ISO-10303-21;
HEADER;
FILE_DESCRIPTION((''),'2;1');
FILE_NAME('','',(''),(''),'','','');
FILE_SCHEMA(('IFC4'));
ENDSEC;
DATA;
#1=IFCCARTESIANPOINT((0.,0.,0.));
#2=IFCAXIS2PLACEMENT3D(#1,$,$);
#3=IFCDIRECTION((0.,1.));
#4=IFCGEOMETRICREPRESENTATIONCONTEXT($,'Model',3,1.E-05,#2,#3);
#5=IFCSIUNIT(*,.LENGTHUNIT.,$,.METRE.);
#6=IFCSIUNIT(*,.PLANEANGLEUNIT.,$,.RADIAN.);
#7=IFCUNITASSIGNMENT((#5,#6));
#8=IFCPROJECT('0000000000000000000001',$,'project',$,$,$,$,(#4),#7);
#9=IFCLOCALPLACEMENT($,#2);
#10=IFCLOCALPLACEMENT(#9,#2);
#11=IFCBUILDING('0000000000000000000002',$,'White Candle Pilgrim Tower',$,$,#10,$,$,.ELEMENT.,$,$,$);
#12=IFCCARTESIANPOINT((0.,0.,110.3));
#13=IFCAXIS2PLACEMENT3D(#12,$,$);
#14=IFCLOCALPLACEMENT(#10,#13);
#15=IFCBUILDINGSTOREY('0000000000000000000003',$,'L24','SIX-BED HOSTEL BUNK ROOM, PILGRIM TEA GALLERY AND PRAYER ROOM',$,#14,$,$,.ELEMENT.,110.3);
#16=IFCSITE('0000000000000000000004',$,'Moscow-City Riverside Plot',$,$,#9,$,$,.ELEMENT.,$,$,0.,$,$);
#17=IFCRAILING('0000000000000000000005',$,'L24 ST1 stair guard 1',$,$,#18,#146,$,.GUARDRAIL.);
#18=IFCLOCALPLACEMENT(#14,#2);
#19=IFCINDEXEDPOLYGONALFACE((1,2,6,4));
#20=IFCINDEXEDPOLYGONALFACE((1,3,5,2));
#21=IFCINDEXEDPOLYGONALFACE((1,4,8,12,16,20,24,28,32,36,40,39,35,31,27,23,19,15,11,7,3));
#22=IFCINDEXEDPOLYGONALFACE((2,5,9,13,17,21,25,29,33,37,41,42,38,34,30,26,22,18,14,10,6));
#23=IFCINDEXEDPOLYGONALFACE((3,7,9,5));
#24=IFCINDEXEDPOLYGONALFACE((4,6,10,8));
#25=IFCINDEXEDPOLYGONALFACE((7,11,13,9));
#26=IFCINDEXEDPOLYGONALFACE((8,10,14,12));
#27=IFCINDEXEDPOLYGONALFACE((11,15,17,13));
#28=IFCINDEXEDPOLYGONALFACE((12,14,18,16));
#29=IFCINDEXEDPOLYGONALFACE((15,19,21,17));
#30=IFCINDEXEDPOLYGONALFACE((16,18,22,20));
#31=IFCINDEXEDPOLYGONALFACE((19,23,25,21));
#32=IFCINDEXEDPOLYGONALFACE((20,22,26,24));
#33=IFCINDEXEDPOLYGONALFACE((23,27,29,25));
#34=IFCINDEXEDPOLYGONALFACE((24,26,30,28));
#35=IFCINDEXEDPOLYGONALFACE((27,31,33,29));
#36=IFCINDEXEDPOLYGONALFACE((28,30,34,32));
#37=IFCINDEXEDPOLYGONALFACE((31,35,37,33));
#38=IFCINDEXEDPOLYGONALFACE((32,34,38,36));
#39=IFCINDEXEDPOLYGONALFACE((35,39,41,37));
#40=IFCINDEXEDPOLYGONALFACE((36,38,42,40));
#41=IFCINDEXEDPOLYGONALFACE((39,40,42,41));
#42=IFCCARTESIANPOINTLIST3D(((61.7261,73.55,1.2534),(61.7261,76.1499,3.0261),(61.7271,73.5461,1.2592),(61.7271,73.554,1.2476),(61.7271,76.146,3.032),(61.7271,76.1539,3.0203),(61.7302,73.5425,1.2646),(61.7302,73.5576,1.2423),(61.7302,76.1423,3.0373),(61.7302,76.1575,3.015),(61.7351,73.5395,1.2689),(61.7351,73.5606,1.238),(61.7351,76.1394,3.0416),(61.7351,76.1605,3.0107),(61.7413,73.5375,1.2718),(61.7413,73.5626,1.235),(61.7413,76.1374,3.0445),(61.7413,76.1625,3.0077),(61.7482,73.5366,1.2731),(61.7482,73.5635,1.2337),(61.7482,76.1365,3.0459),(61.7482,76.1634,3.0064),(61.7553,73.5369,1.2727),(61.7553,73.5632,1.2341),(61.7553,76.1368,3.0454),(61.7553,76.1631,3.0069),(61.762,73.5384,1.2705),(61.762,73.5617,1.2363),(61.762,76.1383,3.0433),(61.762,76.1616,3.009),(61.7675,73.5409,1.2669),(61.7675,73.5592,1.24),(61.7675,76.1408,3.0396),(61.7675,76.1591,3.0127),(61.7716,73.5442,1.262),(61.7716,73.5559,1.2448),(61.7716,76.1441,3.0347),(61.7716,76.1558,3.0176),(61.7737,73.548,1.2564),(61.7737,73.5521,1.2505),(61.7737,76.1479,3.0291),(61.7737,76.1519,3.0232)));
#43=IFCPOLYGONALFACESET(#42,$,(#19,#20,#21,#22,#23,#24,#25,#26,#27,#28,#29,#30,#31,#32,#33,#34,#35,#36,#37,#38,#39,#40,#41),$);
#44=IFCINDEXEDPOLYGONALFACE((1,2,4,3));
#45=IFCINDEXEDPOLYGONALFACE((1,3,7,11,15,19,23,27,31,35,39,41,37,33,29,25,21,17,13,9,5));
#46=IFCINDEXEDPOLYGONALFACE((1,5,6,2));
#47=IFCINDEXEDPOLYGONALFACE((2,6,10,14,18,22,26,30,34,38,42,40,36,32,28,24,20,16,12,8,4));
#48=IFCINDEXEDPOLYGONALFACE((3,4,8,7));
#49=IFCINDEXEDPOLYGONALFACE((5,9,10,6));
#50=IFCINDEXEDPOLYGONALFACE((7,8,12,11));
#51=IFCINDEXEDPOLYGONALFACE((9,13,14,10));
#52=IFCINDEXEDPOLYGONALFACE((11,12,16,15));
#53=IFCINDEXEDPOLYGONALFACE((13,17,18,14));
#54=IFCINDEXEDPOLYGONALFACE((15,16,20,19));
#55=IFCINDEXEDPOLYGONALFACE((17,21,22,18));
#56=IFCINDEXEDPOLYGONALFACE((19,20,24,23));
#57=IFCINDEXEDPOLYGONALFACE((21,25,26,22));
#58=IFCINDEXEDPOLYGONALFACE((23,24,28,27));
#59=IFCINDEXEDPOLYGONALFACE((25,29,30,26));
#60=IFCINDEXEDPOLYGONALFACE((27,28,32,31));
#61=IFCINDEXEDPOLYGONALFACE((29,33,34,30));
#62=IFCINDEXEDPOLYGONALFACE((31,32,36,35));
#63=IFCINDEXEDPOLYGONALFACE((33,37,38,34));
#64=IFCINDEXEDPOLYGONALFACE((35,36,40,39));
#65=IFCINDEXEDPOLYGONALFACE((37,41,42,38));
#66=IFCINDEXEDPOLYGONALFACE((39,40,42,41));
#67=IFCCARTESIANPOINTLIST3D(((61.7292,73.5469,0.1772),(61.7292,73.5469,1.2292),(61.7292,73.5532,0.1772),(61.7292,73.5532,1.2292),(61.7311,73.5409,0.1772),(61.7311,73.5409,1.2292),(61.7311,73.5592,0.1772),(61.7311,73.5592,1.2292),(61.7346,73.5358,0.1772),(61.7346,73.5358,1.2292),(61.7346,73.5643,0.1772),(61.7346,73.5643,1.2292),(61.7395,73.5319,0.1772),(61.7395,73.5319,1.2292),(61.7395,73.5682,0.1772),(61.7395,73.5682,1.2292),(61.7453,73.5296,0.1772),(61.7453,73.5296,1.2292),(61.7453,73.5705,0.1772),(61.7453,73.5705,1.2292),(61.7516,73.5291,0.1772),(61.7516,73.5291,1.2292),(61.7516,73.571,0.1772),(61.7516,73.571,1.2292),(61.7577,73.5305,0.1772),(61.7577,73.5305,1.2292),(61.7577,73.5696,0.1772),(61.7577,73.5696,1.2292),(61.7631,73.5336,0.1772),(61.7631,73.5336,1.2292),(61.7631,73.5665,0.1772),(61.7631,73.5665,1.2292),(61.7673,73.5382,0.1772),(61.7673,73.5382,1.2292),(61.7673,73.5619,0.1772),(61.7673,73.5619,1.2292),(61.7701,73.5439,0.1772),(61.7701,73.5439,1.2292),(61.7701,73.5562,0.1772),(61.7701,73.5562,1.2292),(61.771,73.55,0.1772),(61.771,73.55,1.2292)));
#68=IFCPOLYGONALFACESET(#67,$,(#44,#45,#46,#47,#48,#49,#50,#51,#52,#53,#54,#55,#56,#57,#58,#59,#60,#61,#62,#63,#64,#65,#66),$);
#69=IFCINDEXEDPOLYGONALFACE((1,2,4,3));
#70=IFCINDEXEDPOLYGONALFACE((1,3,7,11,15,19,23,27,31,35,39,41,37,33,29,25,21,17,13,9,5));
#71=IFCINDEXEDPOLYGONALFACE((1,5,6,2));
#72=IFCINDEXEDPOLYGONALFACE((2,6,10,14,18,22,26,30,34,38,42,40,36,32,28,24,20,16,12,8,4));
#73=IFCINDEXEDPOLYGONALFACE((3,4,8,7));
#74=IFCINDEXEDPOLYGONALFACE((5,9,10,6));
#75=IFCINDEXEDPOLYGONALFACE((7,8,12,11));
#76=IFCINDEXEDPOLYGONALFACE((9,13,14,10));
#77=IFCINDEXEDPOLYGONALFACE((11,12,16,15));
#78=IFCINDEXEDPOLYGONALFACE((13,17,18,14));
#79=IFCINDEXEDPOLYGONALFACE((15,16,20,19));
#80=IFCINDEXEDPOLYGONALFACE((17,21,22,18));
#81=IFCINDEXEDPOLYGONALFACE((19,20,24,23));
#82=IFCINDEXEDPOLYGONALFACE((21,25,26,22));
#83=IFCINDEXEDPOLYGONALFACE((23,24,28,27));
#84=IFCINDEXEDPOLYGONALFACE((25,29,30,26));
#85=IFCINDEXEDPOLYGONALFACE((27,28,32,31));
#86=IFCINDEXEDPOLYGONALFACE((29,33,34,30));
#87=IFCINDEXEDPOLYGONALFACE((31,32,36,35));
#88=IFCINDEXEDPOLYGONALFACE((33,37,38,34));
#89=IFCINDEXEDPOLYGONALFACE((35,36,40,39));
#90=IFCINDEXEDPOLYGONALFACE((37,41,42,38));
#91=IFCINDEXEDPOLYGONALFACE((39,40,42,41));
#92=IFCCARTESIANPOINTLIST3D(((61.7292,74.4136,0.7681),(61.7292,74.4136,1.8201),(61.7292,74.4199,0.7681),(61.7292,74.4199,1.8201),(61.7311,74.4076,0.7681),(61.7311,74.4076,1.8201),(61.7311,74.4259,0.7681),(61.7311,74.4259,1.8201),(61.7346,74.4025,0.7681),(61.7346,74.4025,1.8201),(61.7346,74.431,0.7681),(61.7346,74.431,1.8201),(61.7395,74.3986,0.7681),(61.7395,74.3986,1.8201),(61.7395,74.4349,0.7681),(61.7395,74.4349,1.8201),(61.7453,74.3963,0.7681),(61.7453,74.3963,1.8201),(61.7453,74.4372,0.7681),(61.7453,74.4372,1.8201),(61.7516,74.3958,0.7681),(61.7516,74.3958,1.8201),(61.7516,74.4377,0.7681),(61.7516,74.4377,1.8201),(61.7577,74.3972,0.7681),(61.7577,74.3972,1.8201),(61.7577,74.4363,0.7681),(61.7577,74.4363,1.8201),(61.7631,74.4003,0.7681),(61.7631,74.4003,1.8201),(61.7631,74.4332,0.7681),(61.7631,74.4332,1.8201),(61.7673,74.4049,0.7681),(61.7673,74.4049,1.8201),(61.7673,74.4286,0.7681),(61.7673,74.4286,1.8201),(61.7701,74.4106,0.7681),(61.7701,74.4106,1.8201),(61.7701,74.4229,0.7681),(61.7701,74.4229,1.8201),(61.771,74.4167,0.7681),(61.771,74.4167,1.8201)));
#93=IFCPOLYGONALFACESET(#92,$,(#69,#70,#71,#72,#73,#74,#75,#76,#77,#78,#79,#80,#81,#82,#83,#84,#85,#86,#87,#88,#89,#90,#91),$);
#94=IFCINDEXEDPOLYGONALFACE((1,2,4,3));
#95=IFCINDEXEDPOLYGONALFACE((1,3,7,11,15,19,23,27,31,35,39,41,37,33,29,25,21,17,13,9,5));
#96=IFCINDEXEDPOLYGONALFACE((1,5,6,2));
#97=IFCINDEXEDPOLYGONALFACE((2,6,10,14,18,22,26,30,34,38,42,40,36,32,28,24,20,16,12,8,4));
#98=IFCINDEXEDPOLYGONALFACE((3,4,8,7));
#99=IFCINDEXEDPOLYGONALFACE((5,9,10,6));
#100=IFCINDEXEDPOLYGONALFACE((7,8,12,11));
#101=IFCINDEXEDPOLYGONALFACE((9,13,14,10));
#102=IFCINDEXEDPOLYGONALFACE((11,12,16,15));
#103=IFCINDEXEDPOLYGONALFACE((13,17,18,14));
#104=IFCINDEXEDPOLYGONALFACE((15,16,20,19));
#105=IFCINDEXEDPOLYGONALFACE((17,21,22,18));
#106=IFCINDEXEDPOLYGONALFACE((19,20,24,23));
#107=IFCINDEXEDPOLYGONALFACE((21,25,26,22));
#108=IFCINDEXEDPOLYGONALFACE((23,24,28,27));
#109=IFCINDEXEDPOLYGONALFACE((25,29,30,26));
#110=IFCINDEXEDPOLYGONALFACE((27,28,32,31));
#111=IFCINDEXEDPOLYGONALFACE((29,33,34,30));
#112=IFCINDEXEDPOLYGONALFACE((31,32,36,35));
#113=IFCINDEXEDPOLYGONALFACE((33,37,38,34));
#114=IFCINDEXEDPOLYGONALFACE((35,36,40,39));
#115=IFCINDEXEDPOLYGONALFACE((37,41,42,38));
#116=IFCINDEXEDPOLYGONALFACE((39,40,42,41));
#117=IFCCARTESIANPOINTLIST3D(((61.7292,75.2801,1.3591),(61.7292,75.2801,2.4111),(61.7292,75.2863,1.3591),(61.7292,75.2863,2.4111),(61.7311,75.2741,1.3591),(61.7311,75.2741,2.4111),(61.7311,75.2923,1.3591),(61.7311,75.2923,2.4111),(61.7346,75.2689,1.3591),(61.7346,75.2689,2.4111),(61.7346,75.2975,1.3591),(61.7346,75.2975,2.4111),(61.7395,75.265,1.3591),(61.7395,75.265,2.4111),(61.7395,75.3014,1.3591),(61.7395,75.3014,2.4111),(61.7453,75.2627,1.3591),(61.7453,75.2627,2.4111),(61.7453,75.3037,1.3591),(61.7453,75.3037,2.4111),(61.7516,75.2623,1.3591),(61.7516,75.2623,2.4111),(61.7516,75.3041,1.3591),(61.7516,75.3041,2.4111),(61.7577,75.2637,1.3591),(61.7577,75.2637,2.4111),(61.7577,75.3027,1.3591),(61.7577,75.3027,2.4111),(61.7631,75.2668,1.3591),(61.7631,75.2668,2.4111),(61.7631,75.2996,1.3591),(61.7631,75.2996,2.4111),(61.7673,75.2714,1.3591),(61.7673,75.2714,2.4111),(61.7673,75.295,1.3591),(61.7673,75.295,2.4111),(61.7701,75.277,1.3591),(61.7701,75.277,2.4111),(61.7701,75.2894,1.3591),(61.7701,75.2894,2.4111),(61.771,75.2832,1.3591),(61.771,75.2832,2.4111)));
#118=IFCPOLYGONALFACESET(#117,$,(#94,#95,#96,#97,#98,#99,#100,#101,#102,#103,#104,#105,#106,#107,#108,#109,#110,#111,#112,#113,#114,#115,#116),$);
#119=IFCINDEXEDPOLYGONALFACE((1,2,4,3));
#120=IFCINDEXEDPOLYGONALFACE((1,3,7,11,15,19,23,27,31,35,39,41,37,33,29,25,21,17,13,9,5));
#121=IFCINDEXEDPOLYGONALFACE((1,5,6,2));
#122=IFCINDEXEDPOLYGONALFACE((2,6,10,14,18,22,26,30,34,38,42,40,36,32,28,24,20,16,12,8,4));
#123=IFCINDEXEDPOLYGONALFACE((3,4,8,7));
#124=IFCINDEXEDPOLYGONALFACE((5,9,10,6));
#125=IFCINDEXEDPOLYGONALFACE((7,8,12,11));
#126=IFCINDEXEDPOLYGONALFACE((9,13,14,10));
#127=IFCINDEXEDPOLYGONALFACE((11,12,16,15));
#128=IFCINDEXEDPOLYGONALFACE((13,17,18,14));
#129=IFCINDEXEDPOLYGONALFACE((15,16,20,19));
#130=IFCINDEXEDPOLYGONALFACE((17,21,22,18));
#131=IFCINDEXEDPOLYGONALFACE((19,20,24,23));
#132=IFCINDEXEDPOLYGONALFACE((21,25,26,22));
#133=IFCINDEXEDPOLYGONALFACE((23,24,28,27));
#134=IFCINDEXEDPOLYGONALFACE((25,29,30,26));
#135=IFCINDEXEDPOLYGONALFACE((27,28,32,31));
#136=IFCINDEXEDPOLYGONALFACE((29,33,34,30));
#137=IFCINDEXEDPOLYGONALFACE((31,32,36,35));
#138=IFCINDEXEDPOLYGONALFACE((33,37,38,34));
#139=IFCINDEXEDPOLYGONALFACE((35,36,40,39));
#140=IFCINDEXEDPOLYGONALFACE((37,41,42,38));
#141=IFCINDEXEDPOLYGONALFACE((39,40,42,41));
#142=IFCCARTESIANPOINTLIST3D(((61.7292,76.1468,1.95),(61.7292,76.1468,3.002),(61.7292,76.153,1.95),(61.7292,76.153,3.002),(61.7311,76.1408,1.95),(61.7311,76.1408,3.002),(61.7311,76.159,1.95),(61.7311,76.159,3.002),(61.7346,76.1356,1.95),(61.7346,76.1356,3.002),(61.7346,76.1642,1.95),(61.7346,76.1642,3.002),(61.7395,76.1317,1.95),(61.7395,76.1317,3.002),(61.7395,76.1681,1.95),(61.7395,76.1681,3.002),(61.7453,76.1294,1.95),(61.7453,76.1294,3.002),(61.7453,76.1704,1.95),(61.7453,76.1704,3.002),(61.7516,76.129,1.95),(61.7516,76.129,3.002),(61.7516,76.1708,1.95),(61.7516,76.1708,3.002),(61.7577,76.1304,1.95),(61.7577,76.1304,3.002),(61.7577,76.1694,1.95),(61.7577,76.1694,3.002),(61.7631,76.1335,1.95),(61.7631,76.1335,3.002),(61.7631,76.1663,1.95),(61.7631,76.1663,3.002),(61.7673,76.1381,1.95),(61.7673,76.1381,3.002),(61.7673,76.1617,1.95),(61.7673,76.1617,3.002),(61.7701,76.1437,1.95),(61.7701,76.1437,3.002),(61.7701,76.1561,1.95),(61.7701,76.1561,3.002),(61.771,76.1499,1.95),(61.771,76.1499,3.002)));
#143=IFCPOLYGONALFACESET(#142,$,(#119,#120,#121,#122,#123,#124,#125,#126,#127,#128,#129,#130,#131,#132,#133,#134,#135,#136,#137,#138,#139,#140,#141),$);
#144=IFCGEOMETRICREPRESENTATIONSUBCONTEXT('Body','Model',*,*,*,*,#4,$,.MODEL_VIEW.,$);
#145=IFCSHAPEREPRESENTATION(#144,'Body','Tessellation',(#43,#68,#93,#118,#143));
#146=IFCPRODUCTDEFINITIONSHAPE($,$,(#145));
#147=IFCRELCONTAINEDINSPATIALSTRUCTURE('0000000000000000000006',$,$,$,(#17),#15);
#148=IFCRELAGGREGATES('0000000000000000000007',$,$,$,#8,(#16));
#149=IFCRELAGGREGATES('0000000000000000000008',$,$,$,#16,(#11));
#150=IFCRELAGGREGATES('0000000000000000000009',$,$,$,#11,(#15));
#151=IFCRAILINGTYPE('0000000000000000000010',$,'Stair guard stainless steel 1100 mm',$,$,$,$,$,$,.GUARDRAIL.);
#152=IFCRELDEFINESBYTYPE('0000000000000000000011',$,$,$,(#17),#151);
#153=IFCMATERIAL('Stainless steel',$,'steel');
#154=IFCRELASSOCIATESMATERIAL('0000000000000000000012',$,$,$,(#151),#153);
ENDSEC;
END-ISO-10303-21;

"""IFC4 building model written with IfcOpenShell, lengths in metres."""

from ifc_helpers import new_model, si_unit, direction, frame, origin, origin_2d, place, context, subcontext, project, spatial, circle, extrude, material, type_object, element, save


model = new_model("IFC4")

# Units and contexts
model_context = context("Model", 3, precision=1e-05, world=origin(), true_north=direction((0.0, 1.0)))
body_context = subcontext(model_context, "Body", "Model", "MODEL_VIEW")
ifc_project = project(units=[si_unit("LENGTHUNIT", "METRE"), si_unit("PLANEANGLEUNIT", "RADIAN")], contexts=[model_context])

# Site, building, storey
site_placement = place(None, origin())
site = spatial("IfcSite", under=ifc_project, at=site_placement, Name="Moscow-City Riverside Plot", CompositionType="ELEMENT", RefElevation=0.0)
building_placement = place(site_placement, origin())
building = spatial("IfcBuilding", under=site, at=building_placement, Name="White Candle Pilgrim Tower", CompositionType="ELEMENT")
storey_placement = place(building_placement, frame((0.0, 0.0, 110.3)))
storey = spatial("IfcBuildingStorey", under=building, at=storey_placement, Name="L24", Description="SIX-BED HOSTEL BUNK ROOM, PILGRIM TEA GALLERY AND PRAYER ROOM", CompositionType="ELEMENT", Elevation=110.3)

# Shared definitions
ifc_material_1 = material(Name="Stainless steel", Category="steel")

# Railing
railing_type_1 = type_object("IfcRailingType", Name="Stair guard stainless steel 1100 mm", PredefinedType="GUARDRAIL", material=ifc_material_1)
railing_1_placement = place(storey_placement, frame((61.75, 73.55, 0.1772)))
element("IfcRailing", 1, at=railing_1_placement, inside=storey, type_object=railing_type_1, Name="L24 ST1 stair guard 1", PredefinedType="GUARDRAIL", context=body_context, shape_type="SweptSolid", body=[
    extrude(circle(Radius=0.0239, at=origin_2d()), frame((0.0, 0.0, 1.0762), z_axis=(0.0, 0.826216, 0.563354), x_axis=(-1.0, 0.0, 0.0)), (0.0, 0.0, 1.0), 3.1467),
    extrude(circle(Radius=0.021, at=origin_2d()), origin(), (0.0, 0.0, 1.0), 1.052),
    extrude(circle(Radius=0.021, at=origin_2d()), frame((0.0, 0.8667, 0.5908)), (0.0, 0.0, 1.0), 1.052),
    extrude(circle(Radius=0.021, at=origin_2d()), frame((0.0, 1.7332, 1.1819)), (0.0, 0.0, 1.0), 1.052),
    extrude(circle(Radius=0.021, at=origin_2d()), frame((0.0, 2.5999, 1.7727)), (0.0, 0.0, 1.0), 1.052),
])

save(model, "model.ifc")
